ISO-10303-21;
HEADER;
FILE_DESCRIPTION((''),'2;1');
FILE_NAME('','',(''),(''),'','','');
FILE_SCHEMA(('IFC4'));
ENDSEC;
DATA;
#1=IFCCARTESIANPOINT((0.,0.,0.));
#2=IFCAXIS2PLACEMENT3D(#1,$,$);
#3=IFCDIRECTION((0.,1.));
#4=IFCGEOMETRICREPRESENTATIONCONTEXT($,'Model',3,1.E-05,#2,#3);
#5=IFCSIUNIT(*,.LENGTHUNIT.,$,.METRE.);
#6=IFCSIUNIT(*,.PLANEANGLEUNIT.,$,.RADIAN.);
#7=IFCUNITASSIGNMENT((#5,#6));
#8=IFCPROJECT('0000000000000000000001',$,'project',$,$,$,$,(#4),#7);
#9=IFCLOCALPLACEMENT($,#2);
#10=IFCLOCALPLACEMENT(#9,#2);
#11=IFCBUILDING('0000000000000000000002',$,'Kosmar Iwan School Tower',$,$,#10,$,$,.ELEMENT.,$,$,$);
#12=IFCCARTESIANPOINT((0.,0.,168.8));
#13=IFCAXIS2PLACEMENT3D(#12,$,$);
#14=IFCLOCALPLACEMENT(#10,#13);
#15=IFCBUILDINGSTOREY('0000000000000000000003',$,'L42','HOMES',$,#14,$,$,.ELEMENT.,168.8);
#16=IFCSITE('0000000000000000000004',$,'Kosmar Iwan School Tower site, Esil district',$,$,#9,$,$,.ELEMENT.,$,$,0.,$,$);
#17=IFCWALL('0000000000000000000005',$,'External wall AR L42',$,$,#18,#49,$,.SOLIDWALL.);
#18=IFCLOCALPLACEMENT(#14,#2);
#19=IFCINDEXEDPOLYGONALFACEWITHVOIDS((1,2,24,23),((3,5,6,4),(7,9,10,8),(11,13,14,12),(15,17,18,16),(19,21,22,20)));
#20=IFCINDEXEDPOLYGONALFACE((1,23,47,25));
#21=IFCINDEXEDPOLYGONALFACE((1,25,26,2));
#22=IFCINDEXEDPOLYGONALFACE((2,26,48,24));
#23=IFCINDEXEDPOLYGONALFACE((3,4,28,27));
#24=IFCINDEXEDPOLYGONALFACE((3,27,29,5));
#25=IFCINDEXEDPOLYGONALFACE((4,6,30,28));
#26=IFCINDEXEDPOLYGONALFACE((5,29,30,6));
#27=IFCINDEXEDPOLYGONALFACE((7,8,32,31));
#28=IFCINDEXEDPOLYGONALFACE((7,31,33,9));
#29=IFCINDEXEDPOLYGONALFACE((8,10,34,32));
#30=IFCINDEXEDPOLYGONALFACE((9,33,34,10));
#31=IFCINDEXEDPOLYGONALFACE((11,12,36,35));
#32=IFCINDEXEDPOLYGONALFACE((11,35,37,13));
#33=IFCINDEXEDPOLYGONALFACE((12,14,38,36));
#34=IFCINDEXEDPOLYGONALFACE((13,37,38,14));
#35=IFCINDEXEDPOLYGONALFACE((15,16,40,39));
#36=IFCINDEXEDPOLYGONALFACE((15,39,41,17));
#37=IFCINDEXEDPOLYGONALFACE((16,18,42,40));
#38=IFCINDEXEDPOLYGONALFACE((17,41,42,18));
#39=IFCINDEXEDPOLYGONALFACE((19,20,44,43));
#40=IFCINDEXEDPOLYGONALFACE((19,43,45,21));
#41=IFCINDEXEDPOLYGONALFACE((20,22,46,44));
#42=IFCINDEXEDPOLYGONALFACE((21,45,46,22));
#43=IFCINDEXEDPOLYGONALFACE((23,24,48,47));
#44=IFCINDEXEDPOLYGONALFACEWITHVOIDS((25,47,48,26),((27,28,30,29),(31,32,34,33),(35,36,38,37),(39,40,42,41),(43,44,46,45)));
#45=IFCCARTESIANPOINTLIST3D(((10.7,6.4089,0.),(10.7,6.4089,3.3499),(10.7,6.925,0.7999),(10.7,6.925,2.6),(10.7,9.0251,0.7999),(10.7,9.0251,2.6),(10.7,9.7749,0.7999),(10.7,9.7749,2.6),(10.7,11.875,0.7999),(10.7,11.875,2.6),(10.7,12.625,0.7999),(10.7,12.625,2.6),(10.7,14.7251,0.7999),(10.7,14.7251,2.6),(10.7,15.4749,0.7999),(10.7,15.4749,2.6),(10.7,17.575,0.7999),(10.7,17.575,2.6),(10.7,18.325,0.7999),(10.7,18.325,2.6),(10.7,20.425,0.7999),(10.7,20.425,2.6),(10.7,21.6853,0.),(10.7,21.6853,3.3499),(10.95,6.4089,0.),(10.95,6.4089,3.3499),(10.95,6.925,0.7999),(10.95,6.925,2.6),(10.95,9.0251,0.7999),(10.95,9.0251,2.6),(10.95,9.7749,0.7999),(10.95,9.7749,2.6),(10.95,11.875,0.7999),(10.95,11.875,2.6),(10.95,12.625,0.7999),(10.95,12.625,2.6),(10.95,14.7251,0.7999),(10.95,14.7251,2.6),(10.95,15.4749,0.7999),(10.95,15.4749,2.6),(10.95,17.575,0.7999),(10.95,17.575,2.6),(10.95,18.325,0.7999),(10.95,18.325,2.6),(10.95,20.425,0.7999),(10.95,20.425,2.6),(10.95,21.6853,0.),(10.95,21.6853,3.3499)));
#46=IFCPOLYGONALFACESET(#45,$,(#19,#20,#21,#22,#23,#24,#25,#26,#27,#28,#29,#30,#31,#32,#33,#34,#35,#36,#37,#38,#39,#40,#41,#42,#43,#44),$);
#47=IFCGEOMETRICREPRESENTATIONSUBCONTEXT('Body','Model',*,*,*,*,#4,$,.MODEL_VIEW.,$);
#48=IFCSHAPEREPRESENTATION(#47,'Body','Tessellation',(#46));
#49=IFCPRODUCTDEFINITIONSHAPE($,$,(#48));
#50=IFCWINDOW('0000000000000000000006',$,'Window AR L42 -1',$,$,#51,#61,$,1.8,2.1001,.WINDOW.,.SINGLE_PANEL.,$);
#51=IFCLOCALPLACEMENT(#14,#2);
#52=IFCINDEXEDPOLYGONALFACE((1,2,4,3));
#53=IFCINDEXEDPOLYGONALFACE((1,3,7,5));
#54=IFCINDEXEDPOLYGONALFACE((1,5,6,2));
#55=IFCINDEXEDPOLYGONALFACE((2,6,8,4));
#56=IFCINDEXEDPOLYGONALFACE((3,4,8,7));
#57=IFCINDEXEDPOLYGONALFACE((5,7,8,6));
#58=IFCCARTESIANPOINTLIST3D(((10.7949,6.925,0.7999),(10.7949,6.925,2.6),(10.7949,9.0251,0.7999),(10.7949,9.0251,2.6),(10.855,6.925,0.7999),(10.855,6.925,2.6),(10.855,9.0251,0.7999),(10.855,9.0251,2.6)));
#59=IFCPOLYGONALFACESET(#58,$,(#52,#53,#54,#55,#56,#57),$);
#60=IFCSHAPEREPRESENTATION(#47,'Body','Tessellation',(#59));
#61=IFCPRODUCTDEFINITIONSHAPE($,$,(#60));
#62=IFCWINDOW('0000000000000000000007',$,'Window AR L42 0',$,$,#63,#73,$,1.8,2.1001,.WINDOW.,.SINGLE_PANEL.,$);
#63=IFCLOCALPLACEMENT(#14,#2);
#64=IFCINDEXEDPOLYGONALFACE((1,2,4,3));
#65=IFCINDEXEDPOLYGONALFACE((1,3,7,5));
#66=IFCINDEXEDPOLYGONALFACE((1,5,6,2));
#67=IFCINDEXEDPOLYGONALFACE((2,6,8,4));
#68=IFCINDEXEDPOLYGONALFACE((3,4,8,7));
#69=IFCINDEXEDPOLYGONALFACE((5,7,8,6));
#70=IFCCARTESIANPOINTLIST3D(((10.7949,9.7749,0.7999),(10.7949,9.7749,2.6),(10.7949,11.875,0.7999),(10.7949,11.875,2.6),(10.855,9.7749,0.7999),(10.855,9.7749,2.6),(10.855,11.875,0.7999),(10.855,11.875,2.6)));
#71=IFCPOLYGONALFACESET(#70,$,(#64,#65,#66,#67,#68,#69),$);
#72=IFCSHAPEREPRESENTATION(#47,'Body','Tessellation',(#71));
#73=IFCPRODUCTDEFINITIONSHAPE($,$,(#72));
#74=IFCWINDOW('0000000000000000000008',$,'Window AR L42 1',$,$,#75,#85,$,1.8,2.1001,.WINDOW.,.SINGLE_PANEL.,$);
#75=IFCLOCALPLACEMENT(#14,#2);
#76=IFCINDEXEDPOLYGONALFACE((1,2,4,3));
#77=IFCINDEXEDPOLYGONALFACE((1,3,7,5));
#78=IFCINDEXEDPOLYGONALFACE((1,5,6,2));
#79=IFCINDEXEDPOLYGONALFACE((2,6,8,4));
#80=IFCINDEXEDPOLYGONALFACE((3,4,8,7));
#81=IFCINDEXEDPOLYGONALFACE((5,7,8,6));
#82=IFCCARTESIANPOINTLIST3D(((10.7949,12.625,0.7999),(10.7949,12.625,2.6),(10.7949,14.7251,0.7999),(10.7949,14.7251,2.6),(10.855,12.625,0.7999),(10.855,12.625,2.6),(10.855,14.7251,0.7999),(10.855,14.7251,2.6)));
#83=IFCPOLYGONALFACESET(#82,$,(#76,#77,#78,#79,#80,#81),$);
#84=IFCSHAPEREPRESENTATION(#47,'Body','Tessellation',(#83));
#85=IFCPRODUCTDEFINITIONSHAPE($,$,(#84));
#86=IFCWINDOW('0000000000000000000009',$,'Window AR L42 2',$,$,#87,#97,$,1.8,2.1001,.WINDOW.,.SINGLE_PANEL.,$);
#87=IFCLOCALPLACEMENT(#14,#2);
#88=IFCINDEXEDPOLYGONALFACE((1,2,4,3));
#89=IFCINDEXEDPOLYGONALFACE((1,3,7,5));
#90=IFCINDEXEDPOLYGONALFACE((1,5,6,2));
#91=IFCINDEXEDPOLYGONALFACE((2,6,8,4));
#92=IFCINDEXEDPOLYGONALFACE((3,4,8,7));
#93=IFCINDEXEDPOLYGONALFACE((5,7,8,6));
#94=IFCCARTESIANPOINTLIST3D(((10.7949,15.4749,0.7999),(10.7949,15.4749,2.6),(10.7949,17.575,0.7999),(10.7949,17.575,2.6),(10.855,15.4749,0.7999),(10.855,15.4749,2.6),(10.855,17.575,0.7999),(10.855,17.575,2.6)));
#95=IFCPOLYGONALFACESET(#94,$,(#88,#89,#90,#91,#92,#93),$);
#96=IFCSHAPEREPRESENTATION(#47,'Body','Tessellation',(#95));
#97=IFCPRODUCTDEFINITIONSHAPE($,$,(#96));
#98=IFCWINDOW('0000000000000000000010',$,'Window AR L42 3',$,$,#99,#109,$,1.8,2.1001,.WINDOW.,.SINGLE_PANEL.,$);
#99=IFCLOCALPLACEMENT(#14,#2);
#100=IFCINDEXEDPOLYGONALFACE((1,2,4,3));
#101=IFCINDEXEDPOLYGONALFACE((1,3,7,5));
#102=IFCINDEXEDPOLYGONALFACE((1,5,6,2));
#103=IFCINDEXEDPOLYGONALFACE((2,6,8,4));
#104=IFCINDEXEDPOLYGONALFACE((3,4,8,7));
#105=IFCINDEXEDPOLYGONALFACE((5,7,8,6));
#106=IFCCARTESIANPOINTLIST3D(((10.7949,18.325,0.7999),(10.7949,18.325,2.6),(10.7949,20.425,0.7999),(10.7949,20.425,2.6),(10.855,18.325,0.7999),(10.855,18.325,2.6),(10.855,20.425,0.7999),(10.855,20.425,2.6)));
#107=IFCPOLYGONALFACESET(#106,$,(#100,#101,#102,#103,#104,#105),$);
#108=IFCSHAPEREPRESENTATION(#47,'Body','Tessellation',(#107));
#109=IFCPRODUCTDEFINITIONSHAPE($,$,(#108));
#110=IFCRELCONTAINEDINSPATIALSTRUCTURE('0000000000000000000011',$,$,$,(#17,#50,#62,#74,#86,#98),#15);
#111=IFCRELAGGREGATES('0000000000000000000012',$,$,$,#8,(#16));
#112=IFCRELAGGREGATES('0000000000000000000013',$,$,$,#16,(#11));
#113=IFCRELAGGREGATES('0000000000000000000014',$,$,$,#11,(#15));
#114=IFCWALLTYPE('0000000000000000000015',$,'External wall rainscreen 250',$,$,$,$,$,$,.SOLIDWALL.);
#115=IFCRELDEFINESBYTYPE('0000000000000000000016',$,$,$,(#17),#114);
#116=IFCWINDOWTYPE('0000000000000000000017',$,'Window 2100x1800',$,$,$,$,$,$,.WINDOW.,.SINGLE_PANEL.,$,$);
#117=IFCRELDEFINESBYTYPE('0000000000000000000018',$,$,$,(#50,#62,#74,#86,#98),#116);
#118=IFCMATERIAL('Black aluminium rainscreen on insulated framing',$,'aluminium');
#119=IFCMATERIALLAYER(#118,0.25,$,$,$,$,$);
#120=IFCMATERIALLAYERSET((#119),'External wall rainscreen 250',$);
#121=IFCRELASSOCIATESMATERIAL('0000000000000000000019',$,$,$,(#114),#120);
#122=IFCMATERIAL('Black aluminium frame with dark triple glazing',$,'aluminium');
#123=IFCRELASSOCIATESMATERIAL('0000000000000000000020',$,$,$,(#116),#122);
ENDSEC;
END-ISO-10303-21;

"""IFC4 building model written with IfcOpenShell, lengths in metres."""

from ifc_helpers import new_model, si_unit, direction, frame, frame_2d, origin, place, context, subcontext, project, spatial, rectangle, extrude, material, layer, layer_set, type_object, element, fill, save


model = new_model("IFC4")

# Units and contexts
model_context = context("Model", 3, precision=1e-05, world=origin(), true_north=direction((0.0, 1.0)))
body_context = subcontext(model_context, "Body", "Model", "MODEL_VIEW")
ifc_project = project(units=[si_unit("LENGTHUNIT", "METRE"), si_unit("PLANEANGLEUNIT", "RADIAN")], contexts=[model_context])

# Site, building, storey
site_placement = place(None, origin())
site = spatial("IfcSite", under=ifc_project, at=site_placement, Name="Kosmar Iwan School Tower site, Esil district", CompositionType="ELEMENT", RefElevation=0.0)
building_placement = place(site_placement, origin())
building = spatial("IfcBuilding", under=site, at=building_placement, Name="Kosmar Iwan School Tower", CompositionType="ELEMENT")
storey_placement = place(building_placement, frame((0.0, 0.0, 168.8)))
storey = spatial("IfcBuildingStorey", under=building, at=storey_placement, Name="L42", Description="HOMES", CompositionType="ELEMENT", Elevation=168.8)

# Wall, openings, windows
ifc_material_1 = material(Name="Black aluminium rainscreen on insulated framing", Category="aluminium")
ifc_layer = layer(ifc_material_1, 0.25)
ifc_layer_set = layer_set([ifc_layer], Name="External wall rainscreen 250")
wall_type = type_object("IfcWallType", Name="External wall rainscreen 250", PredefinedType="SOLIDWALL", material=ifc_layer_set)
ifc_material_2 = material(Name="Black aluminium frame with dark triple glazing", Category="aluminium")
window_type = type_object("IfcWindowType", Name="Window 2100x1800", PartitioningType="SINGLE_PANEL", PredefinedType="WINDOW", material=ifc_material_2)
wall_1_placement = place(storey_placement, frame((10.825, 6.4089, 0.0), z_axis=(0.0, 0.0, 1.0), x_axis=(0.0, 1.0, 0.0)))
wall_1 = element("IfcWall", 1, at=wall_1_placement, inside=storey, type_object=wall_type, Name="External wall AR L42", PredefinedType="SOLIDWALL", context=body_context, shape_type="SweptSolid", body=[
    extrude(rectangle(XDim=15.2764, YDim=0.25, at=frame_2d((7.6382, 0.0))), origin(), (0.0, 0.0, 1.0), 3.3499),
])
opening_1_placement = place(wall_1_placement, frame((0.5161, 0.0, 0.8)))
opening_1 = element("IfcOpeningElement", 2, at=opening_1_placement, cuts=wall_1, PredefinedType="OPENING", context=body_context, shape_type="SweptSolid", body=[
    extrude(rectangle(XDim=2.1001, YDim=1.8, at=frame_2d((1.05, 0.8999))), frame((0.0, 0.137, 0.0), z_axis=(0.0, -1.0, 0.0), x_axis=(1.0, 0.0, 0.0)), (0.0, 0.0, 1.0), 0.2739),
])
opening_2_placement = place(wall_1_placement, frame((3.366, 0.0, 0.8)))
opening_2 = element("IfcOpeningElement", 3, at=opening_2_placement, cuts=wall_1, PredefinedType="OPENING", context=body_context, shape_type="SweptSolid", body=[
    extrude(rectangle(XDim=2.1001, YDim=1.8, at=frame_2d((1.05, 0.8999))), frame((0.0, 0.137, 0.0), z_axis=(0.0, -1.0, 0.0), x_axis=(1.0, 0.0, 0.0)), (0.0, 0.0, 1.0), 0.2739),
])
opening_3_placement = place(wall_1_placement, frame((6.2161, 0.0, 0.8)))
opening_3 = element("IfcOpeningElement", 4, at=opening_3_placement, cuts=wall_1, PredefinedType="OPENING", context=body_context, shape_type="SweptSolid", body=[
    extrude(rectangle(XDim=2.1001, YDim=1.8, at=frame_2d((1.05, 0.8999))), frame((0.0, 0.137, 0.0), z_axis=(0.0, -1.0, 0.0), x_axis=(1.0, 0.0, 0.0)), (0.0, 0.0, 1.0), 0.2739),
])
opening_4_placement = place(wall_1_placement, frame((9.0659, 0.0, 0.8)))
opening_4 = element("IfcOpeningElement", 5, at=opening_4_placement, cuts=wall_1, PredefinedType="OPENING", context=body_context, shape_type="SweptSolid", body=[
    extrude(rectangle(XDim=2.1001, YDim=1.8, at=frame_2d((1.05, 0.8999))), frame((0.0, 0.137, 0.0), z_axis=(0.0, -1.0, 0.0), x_axis=(1.0, 0.0, 0.0)), (0.0, 0.0, 1.0), 0.2739),
])
opening_5_placement = place(wall_1_placement, frame((11.916, 0.0, 0.8)))
opening_5 = element("IfcOpeningElement", 6, at=opening_5_placement, cuts=wall_1, PredefinedType="OPENING", context=body_context, shape_type="SweptSolid", body=[
    extrude(rectangle(XDim=2.1001, YDim=1.8, at=frame_2d((1.05, 0.8999))), frame((0.0, 0.137, 0.0), z_axis=(0.0, -1.0, 0.0), x_axis=(1.0, 0.0, 0.0)), (0.0, 0.0, 1.0), 0.2739),
])
window_1_placement = place(opening_1_placement, origin())
window_1 = element("IfcWindow", 7, at=window_1_placement, inside=storey, type_object=window_type, Name="Window AR L42 -1", OverallHeight=1.8, OverallWidth=2.1001, PartitioningType="SINGLE_PANEL", PredefinedType="WINDOW", context=body_context, shape_type="SweptSolid", body=[
    extrude(rectangle(XDim=2.1001, YDim=1.8, at=frame_2d((1.05, 0.8999))), frame((0.0, 0.03, 0.0), z_axis=(0.0, -1.0, 0.0), x_axis=(1.0, 0.0, 0.0)), (0.0, 0.0, 1.0), 0.0601),
])
fill(opening_1, window_1)
window_2_placement = place(opening_2_placement, origin())
window_2 = element("IfcWindow", 8, at=window_2_placement, inside=storey, type_object=window_type, Name="Window AR L42 0", OverallHeight=1.8, OverallWidth=2.1001, PartitioningType="SINGLE_PANEL", PredefinedType="WINDOW", context=body_context, shape_type="SweptSolid", body=[
    extrude(rectangle(XDim=2.1001, YDim=1.8, at=frame_2d((1.05, 0.8999))), frame((0.0, 0.03, 0.0), z_axis=(0.0, -1.0, 0.0), x_axis=(1.0, 0.0, 0.0)), (0.0, 0.0, 1.0), 0.0601),
])
fill(opening_2, window_2)
window_3_placement = place(opening_3_placement, origin())
window_3 = element("IfcWindow", 9, at=window_3_placement, inside=storey, type_object=window_type, Name="Window AR L42 1", OverallHeight=1.8, OverallWidth=2.1001, PartitioningType="SINGLE_PANEL", PredefinedType="WINDOW", context=body_context, shape_type="SweptSolid", body=[
    extrude(rectangle(XDim=2.1001, YDim=1.8, at=frame_2d((1.05, 0.8999))), frame((0.0, 0.03, 0.0), z_axis=(0.0, -1.0, 0.0), x_axis=(1.0, 0.0, 0.0)), (0.0, 0.0, 1.0), 0.0601),
])
fill(opening_3, window_3)
window_4_placement = place(opening_4_placement, origin())
window_4 = element("IfcWindow", 10, at=window_4_placement, inside=storey, type_object=window_type, Name="Window AR L42 2", OverallHeight=1.8, OverallWidth=2.1001, PartitioningType="SINGLE_PANEL", PredefinedType="WINDOW", context=body_context, shape_type="SweptSolid", body=[
    extrude(rectangle(XDim=2.1001, YDim=1.8, at=frame_2d((1.05, 0.8999))), frame((0.0, 0.03, 0.0), z_axis=(0.0, -1.0, 0.0), x_axis=(1.0, 0.0, 0.0)), (0.0, 0.0, 1.0), 0.0601),
])
fill(opening_4, window_4)
window_5_placement = place(opening_5_placement, origin())
window_5 = element("IfcWindow", 11, at=window_5_placement, inside=storey, type_object=window_type, Name="Window AR L42 3", OverallHeight=1.8, OverallWidth=2.1001, PartitioningType="SINGLE_PANEL", PredefinedType="WINDOW", context=body_context, shape_type="SweptSolid", body=[
    extrude(rectangle(XDim=2.1001, YDim=1.8, at=frame_2d((1.05, 0.8999))), frame((0.0, 0.03, 0.0), z_axis=(0.0, -1.0, 0.0), x_axis=(1.0, 0.0, 0.0)), (0.0, 0.0, 1.0), 0.0601),
])
fill(opening_5, window_5)

save(model, "model.ifc")
